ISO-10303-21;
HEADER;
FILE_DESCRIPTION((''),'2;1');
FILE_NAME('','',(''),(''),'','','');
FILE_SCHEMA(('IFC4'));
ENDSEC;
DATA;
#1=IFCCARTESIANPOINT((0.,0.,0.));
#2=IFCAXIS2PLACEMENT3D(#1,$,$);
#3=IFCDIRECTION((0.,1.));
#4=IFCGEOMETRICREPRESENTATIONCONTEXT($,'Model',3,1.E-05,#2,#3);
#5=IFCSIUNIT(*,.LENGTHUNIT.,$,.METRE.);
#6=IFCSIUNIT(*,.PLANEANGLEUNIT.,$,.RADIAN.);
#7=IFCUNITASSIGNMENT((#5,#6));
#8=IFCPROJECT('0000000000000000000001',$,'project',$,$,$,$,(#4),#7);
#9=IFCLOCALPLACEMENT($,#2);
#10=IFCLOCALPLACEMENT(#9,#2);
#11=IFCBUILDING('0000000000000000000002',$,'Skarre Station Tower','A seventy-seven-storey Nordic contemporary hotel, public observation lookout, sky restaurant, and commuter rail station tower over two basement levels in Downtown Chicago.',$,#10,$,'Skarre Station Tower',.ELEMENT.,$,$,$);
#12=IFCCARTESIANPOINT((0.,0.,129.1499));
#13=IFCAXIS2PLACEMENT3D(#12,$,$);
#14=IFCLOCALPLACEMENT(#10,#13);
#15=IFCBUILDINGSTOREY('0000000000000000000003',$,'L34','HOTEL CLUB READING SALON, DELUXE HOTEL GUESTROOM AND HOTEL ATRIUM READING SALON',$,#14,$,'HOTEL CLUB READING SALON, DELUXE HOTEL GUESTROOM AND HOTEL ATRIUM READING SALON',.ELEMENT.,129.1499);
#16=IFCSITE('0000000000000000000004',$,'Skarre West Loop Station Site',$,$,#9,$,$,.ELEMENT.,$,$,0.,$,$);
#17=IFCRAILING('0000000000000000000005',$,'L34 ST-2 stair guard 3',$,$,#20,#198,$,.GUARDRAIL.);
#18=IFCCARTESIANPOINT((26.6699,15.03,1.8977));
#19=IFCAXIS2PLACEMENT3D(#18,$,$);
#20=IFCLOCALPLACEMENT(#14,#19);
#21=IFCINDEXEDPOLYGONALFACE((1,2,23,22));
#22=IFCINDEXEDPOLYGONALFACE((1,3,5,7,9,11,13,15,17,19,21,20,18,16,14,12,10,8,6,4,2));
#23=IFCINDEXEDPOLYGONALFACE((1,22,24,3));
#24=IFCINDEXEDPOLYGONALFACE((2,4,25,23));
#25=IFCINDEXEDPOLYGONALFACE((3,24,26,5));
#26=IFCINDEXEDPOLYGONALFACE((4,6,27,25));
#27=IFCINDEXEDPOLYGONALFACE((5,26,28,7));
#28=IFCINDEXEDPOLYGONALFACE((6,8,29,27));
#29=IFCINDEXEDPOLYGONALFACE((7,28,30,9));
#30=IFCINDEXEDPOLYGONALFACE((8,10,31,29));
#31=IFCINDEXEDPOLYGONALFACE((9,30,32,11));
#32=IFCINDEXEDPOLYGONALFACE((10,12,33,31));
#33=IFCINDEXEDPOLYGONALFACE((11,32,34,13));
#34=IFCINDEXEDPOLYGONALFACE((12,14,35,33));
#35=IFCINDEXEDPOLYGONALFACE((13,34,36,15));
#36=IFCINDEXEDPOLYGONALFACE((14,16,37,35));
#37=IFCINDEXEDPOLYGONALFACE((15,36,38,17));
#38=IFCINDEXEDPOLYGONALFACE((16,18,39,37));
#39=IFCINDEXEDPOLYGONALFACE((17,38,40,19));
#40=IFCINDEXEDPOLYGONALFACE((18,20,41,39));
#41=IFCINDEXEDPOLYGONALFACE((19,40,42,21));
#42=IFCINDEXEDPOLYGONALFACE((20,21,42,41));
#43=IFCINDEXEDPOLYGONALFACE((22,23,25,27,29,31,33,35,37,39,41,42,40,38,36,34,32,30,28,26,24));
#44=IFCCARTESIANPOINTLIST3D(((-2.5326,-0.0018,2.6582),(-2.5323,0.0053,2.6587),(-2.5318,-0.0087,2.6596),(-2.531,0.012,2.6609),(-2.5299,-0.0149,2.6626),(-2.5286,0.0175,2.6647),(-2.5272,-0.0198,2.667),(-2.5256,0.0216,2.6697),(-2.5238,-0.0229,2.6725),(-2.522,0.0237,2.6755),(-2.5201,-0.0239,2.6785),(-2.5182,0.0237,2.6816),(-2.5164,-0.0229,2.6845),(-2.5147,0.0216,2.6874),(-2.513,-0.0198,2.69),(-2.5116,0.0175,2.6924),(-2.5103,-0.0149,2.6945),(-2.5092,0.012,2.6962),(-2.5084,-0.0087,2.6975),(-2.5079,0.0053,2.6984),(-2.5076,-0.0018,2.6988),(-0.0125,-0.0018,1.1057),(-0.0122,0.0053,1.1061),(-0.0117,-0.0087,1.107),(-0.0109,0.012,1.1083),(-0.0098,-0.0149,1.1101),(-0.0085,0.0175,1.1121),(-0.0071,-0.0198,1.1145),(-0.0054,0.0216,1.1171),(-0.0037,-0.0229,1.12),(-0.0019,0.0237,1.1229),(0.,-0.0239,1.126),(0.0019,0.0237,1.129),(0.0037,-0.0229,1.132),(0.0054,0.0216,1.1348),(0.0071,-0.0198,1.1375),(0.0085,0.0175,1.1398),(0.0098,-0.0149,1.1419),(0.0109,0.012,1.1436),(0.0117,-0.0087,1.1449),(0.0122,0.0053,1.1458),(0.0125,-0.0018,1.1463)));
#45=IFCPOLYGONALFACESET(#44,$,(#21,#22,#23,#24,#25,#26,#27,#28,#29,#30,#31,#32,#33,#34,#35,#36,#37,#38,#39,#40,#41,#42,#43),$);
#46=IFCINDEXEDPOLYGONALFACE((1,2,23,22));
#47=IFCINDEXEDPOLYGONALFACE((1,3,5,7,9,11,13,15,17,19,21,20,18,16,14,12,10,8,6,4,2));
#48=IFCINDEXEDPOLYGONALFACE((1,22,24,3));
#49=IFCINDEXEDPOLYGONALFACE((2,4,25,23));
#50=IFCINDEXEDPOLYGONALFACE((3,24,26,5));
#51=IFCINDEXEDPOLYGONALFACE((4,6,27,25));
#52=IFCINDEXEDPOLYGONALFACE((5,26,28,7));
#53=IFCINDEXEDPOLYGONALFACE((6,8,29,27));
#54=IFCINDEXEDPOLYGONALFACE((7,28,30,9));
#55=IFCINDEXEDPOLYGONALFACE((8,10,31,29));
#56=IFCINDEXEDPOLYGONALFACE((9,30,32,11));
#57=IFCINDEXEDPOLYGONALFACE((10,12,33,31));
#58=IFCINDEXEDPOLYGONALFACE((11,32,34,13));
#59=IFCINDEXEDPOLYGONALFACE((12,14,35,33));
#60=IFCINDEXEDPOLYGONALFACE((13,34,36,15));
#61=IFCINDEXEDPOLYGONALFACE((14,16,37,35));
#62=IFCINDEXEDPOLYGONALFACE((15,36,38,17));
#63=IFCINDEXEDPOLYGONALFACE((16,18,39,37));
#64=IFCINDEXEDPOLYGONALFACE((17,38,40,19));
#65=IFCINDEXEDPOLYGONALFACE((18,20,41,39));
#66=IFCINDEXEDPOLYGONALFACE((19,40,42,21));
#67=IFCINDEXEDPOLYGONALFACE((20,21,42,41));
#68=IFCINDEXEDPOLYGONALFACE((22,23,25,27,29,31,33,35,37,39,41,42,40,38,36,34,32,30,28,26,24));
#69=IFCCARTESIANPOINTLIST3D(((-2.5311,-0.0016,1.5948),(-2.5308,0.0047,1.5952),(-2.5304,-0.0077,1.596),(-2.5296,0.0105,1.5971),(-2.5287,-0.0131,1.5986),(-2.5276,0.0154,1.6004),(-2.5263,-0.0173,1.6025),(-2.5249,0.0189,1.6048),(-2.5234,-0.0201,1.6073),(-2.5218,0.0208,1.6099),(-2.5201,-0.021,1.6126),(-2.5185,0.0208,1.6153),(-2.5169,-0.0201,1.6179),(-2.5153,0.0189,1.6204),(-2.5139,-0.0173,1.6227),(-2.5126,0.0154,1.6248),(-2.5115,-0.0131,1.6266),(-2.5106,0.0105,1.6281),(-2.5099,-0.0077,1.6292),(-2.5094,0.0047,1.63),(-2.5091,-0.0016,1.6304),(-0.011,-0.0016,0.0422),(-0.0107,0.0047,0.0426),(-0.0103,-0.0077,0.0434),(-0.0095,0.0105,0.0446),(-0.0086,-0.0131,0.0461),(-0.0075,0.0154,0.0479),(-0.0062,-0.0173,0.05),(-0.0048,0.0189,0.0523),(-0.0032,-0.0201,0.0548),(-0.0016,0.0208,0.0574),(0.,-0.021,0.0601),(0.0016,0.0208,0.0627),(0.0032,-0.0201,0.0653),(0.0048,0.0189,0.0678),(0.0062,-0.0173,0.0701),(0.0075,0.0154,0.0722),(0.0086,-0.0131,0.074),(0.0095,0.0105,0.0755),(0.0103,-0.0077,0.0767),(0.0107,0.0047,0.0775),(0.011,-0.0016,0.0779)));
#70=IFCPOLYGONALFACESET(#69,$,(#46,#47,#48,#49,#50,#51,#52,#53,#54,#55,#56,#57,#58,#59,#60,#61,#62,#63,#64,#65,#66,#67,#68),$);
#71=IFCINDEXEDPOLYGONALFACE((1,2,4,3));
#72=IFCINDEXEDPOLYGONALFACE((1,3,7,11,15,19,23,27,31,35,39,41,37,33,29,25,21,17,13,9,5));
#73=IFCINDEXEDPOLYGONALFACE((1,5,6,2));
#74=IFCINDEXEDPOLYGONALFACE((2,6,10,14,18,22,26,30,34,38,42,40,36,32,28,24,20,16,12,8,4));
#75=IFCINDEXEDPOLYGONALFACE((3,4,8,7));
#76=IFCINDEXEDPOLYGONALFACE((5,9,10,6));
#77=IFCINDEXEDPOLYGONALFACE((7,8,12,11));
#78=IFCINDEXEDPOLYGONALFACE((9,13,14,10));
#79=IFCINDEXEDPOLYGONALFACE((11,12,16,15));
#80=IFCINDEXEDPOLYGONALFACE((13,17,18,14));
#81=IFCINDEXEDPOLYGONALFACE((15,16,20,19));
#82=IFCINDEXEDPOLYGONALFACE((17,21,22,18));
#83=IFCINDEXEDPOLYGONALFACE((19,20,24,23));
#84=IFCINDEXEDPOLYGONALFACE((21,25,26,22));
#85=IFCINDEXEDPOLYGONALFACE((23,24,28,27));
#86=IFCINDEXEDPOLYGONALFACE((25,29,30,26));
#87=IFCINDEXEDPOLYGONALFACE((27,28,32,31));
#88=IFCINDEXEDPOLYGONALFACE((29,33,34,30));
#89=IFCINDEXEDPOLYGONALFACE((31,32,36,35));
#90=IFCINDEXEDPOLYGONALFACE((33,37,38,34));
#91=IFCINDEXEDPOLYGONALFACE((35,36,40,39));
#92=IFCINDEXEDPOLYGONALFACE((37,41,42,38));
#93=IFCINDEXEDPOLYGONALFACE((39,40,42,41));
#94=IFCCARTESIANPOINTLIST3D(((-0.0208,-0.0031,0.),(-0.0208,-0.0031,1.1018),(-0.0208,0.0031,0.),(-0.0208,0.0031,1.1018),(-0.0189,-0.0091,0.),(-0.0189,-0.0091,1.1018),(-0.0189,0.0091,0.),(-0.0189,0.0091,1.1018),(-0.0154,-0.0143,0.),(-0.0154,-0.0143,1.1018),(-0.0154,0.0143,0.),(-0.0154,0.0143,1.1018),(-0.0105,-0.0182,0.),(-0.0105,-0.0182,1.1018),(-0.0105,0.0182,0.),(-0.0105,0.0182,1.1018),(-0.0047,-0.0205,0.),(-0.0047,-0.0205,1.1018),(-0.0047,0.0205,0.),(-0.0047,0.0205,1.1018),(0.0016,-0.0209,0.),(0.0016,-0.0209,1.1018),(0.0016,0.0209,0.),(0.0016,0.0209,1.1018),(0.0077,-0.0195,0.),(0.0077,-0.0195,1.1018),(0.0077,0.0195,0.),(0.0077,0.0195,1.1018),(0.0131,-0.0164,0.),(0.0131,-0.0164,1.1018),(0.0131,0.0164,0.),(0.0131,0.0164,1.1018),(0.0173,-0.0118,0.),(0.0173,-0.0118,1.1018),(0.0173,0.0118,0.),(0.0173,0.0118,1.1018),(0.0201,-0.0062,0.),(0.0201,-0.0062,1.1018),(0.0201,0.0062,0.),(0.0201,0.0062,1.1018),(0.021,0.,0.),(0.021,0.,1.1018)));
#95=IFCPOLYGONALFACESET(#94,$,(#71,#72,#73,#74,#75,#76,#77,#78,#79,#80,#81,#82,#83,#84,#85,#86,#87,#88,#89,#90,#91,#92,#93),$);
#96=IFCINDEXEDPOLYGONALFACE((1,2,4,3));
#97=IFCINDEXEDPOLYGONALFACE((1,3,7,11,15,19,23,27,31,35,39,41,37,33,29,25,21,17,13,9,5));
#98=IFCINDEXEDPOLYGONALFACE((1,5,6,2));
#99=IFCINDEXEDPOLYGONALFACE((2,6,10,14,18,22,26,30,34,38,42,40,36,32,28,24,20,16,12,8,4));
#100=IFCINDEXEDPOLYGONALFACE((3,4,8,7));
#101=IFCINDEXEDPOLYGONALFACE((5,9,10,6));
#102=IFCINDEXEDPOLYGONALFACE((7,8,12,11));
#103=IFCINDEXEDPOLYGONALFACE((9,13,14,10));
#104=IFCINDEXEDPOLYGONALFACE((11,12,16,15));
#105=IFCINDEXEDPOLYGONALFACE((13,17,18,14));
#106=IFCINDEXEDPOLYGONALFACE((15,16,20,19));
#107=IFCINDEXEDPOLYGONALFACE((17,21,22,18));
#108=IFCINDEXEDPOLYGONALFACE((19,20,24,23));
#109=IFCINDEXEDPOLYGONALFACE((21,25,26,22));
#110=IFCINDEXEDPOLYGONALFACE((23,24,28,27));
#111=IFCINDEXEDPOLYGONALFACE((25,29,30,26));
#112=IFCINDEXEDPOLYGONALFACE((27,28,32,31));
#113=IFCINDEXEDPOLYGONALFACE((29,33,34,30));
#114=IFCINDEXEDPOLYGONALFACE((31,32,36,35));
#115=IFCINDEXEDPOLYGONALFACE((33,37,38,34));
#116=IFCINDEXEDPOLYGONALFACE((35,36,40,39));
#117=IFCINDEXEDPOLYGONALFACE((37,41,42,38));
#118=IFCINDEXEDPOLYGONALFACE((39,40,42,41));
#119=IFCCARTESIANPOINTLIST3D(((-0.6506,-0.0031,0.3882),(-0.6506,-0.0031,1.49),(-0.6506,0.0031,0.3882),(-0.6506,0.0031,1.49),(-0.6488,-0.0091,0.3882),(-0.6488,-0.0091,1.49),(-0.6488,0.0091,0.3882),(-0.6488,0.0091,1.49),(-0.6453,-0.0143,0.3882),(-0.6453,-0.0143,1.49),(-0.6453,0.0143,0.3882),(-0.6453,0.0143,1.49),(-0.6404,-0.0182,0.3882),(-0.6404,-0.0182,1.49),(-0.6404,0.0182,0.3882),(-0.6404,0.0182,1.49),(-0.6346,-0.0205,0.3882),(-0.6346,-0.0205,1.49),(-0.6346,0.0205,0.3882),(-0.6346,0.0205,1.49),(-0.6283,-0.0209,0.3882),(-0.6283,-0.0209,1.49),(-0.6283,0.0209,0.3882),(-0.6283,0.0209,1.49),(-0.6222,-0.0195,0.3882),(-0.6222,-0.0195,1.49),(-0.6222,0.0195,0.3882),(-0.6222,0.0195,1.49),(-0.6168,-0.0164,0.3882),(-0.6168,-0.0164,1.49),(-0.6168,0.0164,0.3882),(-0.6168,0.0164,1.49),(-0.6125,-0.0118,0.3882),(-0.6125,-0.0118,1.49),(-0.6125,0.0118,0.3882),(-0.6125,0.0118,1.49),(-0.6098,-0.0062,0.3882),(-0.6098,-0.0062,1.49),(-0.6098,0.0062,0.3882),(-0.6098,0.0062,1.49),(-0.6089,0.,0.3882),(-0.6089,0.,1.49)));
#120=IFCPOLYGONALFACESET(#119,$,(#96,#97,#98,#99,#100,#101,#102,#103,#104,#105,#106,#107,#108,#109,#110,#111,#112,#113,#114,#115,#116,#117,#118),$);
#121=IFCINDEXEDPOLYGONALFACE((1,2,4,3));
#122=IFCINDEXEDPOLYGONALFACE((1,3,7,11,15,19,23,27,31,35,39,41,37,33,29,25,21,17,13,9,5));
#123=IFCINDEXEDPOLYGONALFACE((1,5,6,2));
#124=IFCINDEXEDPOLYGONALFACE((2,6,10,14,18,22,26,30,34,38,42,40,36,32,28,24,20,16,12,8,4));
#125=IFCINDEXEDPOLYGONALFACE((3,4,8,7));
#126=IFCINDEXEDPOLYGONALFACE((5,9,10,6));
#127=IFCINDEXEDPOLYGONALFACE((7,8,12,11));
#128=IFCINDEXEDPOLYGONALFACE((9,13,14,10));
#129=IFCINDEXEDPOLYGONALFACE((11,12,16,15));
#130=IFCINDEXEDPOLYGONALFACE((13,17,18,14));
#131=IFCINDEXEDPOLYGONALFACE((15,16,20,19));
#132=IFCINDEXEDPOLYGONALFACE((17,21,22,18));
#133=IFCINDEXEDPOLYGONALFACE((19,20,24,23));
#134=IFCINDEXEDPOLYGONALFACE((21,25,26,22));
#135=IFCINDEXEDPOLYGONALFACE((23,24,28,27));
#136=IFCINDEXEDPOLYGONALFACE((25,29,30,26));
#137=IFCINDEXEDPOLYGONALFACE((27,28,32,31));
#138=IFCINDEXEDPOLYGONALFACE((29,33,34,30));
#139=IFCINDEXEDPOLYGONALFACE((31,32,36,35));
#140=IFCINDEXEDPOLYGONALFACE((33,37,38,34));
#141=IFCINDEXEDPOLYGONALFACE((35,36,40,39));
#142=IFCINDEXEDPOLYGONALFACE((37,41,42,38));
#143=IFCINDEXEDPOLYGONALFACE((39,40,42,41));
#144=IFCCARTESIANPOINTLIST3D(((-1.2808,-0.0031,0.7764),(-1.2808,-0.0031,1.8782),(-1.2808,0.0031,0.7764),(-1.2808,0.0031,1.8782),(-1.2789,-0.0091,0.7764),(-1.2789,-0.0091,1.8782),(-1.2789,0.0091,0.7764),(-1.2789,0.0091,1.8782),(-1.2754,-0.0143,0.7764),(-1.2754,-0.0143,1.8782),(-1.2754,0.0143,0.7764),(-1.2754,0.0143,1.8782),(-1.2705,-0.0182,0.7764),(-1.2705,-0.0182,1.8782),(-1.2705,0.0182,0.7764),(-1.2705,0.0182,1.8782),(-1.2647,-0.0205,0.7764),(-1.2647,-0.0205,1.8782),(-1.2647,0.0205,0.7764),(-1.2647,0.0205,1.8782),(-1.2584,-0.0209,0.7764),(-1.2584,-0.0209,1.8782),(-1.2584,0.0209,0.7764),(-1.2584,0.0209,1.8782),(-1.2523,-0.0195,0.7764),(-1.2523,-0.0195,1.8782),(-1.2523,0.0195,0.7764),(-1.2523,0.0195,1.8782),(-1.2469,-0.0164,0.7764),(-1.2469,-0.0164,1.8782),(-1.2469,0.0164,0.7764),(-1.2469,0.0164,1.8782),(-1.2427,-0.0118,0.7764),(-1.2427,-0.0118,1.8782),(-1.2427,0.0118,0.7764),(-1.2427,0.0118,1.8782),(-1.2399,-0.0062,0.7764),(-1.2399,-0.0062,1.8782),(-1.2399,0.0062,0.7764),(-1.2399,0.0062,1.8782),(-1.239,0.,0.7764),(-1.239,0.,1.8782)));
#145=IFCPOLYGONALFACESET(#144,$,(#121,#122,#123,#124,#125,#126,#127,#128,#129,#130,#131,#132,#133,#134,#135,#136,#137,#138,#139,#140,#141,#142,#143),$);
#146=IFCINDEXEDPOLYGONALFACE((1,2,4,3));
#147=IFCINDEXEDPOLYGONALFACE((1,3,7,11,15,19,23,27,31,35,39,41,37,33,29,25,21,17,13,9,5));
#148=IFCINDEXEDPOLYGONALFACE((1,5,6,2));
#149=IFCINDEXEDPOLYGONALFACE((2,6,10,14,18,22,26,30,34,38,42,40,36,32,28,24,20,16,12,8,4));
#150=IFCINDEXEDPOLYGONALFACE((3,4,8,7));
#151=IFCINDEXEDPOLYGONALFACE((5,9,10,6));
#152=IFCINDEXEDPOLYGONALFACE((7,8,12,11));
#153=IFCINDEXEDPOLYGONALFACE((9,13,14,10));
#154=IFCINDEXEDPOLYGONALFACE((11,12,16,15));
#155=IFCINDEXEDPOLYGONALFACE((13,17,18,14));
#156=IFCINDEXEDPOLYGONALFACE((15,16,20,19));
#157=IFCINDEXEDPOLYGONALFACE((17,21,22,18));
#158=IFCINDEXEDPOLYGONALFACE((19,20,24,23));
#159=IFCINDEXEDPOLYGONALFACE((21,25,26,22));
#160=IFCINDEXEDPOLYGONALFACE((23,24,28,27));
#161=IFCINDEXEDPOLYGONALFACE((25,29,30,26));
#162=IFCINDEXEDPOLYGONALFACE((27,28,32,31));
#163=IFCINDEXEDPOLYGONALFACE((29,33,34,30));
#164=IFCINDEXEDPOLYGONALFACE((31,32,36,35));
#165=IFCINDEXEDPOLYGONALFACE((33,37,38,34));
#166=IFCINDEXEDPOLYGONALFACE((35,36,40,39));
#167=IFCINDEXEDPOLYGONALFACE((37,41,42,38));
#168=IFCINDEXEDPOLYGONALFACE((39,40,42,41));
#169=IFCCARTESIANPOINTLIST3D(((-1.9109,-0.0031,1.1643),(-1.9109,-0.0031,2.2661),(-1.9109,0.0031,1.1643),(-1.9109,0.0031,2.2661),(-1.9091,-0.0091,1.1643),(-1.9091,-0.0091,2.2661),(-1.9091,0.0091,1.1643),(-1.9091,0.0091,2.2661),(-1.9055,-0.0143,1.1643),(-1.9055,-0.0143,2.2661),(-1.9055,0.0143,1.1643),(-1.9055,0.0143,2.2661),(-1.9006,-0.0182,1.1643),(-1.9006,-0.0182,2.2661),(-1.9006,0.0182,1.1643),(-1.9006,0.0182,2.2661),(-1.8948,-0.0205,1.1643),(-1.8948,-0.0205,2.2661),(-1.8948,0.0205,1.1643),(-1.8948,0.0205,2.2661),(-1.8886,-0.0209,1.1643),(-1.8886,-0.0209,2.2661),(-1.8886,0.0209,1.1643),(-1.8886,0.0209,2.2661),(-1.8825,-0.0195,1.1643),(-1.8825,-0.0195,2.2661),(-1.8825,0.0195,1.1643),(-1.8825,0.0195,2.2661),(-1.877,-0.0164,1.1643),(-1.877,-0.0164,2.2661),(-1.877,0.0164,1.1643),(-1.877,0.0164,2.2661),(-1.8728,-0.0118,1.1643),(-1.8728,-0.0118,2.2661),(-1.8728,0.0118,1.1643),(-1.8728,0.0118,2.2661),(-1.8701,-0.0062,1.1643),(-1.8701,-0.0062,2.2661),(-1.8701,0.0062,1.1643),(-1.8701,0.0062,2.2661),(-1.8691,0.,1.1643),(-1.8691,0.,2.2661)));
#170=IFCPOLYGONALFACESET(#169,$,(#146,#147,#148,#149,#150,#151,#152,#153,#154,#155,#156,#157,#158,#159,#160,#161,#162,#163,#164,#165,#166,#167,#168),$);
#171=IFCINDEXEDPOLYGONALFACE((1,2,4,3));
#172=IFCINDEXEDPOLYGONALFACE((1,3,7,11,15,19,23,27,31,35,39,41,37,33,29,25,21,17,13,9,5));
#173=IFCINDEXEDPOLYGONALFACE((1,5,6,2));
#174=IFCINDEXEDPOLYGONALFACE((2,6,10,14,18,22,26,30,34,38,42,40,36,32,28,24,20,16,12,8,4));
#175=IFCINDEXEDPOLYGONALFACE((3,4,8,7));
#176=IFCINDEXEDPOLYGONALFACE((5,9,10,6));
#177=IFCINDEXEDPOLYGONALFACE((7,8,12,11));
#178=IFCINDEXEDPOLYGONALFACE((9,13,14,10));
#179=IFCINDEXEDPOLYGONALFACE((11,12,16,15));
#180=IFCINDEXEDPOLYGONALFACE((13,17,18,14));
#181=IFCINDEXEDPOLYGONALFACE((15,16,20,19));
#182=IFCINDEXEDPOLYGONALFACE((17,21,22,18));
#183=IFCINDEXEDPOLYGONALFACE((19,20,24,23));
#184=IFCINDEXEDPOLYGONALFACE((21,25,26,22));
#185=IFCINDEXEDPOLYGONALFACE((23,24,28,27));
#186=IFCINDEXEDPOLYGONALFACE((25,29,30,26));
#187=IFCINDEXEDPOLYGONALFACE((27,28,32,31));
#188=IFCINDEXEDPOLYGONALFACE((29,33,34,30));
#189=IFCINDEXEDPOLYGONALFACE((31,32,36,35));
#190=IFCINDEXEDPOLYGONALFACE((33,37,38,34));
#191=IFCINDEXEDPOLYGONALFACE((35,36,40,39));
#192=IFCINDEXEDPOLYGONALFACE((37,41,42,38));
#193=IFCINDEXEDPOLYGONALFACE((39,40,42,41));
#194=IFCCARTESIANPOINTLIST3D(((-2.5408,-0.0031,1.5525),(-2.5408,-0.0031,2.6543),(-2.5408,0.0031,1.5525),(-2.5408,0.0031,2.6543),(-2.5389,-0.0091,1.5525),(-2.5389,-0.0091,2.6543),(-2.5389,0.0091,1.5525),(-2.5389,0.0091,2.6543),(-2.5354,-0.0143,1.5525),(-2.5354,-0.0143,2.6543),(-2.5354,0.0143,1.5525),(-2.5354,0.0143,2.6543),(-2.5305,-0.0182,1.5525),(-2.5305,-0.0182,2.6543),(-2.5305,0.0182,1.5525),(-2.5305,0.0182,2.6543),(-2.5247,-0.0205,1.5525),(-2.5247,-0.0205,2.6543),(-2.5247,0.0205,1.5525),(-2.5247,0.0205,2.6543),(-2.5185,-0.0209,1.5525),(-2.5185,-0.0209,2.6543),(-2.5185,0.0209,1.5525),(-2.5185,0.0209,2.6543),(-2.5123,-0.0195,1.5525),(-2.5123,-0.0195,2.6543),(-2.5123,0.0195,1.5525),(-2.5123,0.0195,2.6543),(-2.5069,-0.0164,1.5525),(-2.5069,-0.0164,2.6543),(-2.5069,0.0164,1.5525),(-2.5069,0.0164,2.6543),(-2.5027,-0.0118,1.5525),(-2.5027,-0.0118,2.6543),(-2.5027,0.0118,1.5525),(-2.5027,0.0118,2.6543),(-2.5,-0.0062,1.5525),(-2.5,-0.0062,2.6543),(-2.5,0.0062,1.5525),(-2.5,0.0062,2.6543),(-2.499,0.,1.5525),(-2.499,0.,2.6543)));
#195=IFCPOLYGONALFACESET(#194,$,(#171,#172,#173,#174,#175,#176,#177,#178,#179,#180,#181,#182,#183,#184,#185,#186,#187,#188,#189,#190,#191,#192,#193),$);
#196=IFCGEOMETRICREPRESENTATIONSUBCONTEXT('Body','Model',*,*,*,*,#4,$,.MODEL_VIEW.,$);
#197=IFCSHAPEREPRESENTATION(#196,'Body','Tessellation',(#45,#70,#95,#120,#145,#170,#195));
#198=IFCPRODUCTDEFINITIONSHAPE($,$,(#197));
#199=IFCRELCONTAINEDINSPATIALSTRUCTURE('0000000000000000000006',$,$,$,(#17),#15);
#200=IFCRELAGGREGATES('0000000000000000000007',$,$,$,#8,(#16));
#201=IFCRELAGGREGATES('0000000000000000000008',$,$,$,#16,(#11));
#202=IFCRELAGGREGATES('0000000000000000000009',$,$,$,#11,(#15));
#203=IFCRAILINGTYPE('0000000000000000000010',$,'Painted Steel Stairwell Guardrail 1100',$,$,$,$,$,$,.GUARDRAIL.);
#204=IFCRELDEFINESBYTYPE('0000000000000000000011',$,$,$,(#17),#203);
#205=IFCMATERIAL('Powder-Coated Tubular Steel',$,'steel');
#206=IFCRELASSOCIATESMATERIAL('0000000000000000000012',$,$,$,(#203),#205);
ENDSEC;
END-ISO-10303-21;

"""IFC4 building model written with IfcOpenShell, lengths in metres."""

from ifc_helpers import new_model, si_unit, direction, frame, origin, origin_2d, place, context, subcontext, project, spatial, circle, extrude, material, type_object, element, save


model = new_model("IFC4")

# Units and contexts
model_context = context("Model", 3, precision=1e-05, world=origin(), true_north=direction((0.0, 1.0)))
body_context = subcontext(model_context, "Body", "Model", "MODEL_VIEW")
ifc_project = project(units=[si_unit("LENGTHUNIT", "METRE"), si_unit("PLANEANGLEUNIT", "RADIAN")], contexts=[model_context])

# Site, building, storey
site_placement = place(None, origin())
site = spatial("IfcSite", under=ifc_project, at=site_placement, Name="Skarre West Loop Station Site", CompositionType="ELEMENT", RefElevation=0.0)
building_placement = place(site_placement, origin())
building = spatial("IfcBuilding", under=site, at=building_placement, Name="Skarre Station Tower", Description="A seventy-seven-storey Nordic contemporary hotel, public observation lookout, sky restaurant, and commuter rail station tower over two basement levels in Downtown Chicago.", LongName="Skarre Station Tower", CompositionType="ELEMENT")
storey_placement = place(building_placement, frame((0.0, 0.0, 129.1499)))
storey = spatial("IfcBuildingStorey", under=building, at=storey_placement, Name="L34", Description="HOTEL CLUB READING SALON, DELUXE HOTEL GUESTROOM AND HOTEL ATRIUM READING SALON", LongName="HOTEL CLUB READING SALON, DELUXE HOTEL GUESTROOM AND HOTEL ATRIUM READING SALON", CompositionType="ELEMENT", Elevation=129.1499)

# Railing
ifc_material_1 = material(Name="Powder-Coated Tubular Steel", Category="steel")
railing_type_1 = type_object("IfcRailingType", Name="Painted Steel Stairwell Guardrail 1100", PredefinedType="GUARDRAIL", material=ifc_material_1)
railing_1_placement = place(storey_placement, frame((26.6699, 15.03, 1.8977)))
element("IfcRailing", 1, at=railing_1_placement, inside=storey, type_object=railing_type_1, Name="L34 ST-2 stair guard 3", PredefinedType="GUARDRAIL", context=body_context, shape_type="SweptSolid", body=[
    extrude(circle(Radius=0.0239, at=origin_2d()), frame((0.0, 0.0, 1.126), z_axis=(-0.8514, 0.0, 0.524516), x_axis=(0.0, -1.0, 0.0)), (0.0, 0.0, 1.0), 2.96),
    extrude(circle(Radius=0.021, at=origin_2d()), frame((0.0, 0.0, 0.0601), z_axis=(-0.8514, 0.0, 0.524516), x_axis=(0.0, -1.0, 0.0)), (0.0, 0.0, 1.0), 2.96),
    extrude(circle(Radius=0.021, at=origin_2d()), origin(), (0.0, 0.0, 1.0), 1.1018),
    extrude(circle(Radius=0.021, at=origin_2d()), frame((-0.6299, 0.0, 0.3882)), (0.0, 0.0, 1.0), 1.1018),
    extrude(circle(Radius=0.021, at=origin_2d()), frame((-1.26, 0.0, 0.7764)), (0.0, 0.0, 1.0), 1.1018),
    extrude(circle(Radius=0.021, at=origin_2d()), frame((-1.8901, 0.0, 1.1643)), (0.0, 0.0, 1.0), 1.1018),
    extrude(circle(Radius=0.021, at=origin_2d()), frame((-2.52, 0.0, 1.5525)), (0.0, 0.0, 1.0), 1.1018),
])

save(model, "model.ifc")
